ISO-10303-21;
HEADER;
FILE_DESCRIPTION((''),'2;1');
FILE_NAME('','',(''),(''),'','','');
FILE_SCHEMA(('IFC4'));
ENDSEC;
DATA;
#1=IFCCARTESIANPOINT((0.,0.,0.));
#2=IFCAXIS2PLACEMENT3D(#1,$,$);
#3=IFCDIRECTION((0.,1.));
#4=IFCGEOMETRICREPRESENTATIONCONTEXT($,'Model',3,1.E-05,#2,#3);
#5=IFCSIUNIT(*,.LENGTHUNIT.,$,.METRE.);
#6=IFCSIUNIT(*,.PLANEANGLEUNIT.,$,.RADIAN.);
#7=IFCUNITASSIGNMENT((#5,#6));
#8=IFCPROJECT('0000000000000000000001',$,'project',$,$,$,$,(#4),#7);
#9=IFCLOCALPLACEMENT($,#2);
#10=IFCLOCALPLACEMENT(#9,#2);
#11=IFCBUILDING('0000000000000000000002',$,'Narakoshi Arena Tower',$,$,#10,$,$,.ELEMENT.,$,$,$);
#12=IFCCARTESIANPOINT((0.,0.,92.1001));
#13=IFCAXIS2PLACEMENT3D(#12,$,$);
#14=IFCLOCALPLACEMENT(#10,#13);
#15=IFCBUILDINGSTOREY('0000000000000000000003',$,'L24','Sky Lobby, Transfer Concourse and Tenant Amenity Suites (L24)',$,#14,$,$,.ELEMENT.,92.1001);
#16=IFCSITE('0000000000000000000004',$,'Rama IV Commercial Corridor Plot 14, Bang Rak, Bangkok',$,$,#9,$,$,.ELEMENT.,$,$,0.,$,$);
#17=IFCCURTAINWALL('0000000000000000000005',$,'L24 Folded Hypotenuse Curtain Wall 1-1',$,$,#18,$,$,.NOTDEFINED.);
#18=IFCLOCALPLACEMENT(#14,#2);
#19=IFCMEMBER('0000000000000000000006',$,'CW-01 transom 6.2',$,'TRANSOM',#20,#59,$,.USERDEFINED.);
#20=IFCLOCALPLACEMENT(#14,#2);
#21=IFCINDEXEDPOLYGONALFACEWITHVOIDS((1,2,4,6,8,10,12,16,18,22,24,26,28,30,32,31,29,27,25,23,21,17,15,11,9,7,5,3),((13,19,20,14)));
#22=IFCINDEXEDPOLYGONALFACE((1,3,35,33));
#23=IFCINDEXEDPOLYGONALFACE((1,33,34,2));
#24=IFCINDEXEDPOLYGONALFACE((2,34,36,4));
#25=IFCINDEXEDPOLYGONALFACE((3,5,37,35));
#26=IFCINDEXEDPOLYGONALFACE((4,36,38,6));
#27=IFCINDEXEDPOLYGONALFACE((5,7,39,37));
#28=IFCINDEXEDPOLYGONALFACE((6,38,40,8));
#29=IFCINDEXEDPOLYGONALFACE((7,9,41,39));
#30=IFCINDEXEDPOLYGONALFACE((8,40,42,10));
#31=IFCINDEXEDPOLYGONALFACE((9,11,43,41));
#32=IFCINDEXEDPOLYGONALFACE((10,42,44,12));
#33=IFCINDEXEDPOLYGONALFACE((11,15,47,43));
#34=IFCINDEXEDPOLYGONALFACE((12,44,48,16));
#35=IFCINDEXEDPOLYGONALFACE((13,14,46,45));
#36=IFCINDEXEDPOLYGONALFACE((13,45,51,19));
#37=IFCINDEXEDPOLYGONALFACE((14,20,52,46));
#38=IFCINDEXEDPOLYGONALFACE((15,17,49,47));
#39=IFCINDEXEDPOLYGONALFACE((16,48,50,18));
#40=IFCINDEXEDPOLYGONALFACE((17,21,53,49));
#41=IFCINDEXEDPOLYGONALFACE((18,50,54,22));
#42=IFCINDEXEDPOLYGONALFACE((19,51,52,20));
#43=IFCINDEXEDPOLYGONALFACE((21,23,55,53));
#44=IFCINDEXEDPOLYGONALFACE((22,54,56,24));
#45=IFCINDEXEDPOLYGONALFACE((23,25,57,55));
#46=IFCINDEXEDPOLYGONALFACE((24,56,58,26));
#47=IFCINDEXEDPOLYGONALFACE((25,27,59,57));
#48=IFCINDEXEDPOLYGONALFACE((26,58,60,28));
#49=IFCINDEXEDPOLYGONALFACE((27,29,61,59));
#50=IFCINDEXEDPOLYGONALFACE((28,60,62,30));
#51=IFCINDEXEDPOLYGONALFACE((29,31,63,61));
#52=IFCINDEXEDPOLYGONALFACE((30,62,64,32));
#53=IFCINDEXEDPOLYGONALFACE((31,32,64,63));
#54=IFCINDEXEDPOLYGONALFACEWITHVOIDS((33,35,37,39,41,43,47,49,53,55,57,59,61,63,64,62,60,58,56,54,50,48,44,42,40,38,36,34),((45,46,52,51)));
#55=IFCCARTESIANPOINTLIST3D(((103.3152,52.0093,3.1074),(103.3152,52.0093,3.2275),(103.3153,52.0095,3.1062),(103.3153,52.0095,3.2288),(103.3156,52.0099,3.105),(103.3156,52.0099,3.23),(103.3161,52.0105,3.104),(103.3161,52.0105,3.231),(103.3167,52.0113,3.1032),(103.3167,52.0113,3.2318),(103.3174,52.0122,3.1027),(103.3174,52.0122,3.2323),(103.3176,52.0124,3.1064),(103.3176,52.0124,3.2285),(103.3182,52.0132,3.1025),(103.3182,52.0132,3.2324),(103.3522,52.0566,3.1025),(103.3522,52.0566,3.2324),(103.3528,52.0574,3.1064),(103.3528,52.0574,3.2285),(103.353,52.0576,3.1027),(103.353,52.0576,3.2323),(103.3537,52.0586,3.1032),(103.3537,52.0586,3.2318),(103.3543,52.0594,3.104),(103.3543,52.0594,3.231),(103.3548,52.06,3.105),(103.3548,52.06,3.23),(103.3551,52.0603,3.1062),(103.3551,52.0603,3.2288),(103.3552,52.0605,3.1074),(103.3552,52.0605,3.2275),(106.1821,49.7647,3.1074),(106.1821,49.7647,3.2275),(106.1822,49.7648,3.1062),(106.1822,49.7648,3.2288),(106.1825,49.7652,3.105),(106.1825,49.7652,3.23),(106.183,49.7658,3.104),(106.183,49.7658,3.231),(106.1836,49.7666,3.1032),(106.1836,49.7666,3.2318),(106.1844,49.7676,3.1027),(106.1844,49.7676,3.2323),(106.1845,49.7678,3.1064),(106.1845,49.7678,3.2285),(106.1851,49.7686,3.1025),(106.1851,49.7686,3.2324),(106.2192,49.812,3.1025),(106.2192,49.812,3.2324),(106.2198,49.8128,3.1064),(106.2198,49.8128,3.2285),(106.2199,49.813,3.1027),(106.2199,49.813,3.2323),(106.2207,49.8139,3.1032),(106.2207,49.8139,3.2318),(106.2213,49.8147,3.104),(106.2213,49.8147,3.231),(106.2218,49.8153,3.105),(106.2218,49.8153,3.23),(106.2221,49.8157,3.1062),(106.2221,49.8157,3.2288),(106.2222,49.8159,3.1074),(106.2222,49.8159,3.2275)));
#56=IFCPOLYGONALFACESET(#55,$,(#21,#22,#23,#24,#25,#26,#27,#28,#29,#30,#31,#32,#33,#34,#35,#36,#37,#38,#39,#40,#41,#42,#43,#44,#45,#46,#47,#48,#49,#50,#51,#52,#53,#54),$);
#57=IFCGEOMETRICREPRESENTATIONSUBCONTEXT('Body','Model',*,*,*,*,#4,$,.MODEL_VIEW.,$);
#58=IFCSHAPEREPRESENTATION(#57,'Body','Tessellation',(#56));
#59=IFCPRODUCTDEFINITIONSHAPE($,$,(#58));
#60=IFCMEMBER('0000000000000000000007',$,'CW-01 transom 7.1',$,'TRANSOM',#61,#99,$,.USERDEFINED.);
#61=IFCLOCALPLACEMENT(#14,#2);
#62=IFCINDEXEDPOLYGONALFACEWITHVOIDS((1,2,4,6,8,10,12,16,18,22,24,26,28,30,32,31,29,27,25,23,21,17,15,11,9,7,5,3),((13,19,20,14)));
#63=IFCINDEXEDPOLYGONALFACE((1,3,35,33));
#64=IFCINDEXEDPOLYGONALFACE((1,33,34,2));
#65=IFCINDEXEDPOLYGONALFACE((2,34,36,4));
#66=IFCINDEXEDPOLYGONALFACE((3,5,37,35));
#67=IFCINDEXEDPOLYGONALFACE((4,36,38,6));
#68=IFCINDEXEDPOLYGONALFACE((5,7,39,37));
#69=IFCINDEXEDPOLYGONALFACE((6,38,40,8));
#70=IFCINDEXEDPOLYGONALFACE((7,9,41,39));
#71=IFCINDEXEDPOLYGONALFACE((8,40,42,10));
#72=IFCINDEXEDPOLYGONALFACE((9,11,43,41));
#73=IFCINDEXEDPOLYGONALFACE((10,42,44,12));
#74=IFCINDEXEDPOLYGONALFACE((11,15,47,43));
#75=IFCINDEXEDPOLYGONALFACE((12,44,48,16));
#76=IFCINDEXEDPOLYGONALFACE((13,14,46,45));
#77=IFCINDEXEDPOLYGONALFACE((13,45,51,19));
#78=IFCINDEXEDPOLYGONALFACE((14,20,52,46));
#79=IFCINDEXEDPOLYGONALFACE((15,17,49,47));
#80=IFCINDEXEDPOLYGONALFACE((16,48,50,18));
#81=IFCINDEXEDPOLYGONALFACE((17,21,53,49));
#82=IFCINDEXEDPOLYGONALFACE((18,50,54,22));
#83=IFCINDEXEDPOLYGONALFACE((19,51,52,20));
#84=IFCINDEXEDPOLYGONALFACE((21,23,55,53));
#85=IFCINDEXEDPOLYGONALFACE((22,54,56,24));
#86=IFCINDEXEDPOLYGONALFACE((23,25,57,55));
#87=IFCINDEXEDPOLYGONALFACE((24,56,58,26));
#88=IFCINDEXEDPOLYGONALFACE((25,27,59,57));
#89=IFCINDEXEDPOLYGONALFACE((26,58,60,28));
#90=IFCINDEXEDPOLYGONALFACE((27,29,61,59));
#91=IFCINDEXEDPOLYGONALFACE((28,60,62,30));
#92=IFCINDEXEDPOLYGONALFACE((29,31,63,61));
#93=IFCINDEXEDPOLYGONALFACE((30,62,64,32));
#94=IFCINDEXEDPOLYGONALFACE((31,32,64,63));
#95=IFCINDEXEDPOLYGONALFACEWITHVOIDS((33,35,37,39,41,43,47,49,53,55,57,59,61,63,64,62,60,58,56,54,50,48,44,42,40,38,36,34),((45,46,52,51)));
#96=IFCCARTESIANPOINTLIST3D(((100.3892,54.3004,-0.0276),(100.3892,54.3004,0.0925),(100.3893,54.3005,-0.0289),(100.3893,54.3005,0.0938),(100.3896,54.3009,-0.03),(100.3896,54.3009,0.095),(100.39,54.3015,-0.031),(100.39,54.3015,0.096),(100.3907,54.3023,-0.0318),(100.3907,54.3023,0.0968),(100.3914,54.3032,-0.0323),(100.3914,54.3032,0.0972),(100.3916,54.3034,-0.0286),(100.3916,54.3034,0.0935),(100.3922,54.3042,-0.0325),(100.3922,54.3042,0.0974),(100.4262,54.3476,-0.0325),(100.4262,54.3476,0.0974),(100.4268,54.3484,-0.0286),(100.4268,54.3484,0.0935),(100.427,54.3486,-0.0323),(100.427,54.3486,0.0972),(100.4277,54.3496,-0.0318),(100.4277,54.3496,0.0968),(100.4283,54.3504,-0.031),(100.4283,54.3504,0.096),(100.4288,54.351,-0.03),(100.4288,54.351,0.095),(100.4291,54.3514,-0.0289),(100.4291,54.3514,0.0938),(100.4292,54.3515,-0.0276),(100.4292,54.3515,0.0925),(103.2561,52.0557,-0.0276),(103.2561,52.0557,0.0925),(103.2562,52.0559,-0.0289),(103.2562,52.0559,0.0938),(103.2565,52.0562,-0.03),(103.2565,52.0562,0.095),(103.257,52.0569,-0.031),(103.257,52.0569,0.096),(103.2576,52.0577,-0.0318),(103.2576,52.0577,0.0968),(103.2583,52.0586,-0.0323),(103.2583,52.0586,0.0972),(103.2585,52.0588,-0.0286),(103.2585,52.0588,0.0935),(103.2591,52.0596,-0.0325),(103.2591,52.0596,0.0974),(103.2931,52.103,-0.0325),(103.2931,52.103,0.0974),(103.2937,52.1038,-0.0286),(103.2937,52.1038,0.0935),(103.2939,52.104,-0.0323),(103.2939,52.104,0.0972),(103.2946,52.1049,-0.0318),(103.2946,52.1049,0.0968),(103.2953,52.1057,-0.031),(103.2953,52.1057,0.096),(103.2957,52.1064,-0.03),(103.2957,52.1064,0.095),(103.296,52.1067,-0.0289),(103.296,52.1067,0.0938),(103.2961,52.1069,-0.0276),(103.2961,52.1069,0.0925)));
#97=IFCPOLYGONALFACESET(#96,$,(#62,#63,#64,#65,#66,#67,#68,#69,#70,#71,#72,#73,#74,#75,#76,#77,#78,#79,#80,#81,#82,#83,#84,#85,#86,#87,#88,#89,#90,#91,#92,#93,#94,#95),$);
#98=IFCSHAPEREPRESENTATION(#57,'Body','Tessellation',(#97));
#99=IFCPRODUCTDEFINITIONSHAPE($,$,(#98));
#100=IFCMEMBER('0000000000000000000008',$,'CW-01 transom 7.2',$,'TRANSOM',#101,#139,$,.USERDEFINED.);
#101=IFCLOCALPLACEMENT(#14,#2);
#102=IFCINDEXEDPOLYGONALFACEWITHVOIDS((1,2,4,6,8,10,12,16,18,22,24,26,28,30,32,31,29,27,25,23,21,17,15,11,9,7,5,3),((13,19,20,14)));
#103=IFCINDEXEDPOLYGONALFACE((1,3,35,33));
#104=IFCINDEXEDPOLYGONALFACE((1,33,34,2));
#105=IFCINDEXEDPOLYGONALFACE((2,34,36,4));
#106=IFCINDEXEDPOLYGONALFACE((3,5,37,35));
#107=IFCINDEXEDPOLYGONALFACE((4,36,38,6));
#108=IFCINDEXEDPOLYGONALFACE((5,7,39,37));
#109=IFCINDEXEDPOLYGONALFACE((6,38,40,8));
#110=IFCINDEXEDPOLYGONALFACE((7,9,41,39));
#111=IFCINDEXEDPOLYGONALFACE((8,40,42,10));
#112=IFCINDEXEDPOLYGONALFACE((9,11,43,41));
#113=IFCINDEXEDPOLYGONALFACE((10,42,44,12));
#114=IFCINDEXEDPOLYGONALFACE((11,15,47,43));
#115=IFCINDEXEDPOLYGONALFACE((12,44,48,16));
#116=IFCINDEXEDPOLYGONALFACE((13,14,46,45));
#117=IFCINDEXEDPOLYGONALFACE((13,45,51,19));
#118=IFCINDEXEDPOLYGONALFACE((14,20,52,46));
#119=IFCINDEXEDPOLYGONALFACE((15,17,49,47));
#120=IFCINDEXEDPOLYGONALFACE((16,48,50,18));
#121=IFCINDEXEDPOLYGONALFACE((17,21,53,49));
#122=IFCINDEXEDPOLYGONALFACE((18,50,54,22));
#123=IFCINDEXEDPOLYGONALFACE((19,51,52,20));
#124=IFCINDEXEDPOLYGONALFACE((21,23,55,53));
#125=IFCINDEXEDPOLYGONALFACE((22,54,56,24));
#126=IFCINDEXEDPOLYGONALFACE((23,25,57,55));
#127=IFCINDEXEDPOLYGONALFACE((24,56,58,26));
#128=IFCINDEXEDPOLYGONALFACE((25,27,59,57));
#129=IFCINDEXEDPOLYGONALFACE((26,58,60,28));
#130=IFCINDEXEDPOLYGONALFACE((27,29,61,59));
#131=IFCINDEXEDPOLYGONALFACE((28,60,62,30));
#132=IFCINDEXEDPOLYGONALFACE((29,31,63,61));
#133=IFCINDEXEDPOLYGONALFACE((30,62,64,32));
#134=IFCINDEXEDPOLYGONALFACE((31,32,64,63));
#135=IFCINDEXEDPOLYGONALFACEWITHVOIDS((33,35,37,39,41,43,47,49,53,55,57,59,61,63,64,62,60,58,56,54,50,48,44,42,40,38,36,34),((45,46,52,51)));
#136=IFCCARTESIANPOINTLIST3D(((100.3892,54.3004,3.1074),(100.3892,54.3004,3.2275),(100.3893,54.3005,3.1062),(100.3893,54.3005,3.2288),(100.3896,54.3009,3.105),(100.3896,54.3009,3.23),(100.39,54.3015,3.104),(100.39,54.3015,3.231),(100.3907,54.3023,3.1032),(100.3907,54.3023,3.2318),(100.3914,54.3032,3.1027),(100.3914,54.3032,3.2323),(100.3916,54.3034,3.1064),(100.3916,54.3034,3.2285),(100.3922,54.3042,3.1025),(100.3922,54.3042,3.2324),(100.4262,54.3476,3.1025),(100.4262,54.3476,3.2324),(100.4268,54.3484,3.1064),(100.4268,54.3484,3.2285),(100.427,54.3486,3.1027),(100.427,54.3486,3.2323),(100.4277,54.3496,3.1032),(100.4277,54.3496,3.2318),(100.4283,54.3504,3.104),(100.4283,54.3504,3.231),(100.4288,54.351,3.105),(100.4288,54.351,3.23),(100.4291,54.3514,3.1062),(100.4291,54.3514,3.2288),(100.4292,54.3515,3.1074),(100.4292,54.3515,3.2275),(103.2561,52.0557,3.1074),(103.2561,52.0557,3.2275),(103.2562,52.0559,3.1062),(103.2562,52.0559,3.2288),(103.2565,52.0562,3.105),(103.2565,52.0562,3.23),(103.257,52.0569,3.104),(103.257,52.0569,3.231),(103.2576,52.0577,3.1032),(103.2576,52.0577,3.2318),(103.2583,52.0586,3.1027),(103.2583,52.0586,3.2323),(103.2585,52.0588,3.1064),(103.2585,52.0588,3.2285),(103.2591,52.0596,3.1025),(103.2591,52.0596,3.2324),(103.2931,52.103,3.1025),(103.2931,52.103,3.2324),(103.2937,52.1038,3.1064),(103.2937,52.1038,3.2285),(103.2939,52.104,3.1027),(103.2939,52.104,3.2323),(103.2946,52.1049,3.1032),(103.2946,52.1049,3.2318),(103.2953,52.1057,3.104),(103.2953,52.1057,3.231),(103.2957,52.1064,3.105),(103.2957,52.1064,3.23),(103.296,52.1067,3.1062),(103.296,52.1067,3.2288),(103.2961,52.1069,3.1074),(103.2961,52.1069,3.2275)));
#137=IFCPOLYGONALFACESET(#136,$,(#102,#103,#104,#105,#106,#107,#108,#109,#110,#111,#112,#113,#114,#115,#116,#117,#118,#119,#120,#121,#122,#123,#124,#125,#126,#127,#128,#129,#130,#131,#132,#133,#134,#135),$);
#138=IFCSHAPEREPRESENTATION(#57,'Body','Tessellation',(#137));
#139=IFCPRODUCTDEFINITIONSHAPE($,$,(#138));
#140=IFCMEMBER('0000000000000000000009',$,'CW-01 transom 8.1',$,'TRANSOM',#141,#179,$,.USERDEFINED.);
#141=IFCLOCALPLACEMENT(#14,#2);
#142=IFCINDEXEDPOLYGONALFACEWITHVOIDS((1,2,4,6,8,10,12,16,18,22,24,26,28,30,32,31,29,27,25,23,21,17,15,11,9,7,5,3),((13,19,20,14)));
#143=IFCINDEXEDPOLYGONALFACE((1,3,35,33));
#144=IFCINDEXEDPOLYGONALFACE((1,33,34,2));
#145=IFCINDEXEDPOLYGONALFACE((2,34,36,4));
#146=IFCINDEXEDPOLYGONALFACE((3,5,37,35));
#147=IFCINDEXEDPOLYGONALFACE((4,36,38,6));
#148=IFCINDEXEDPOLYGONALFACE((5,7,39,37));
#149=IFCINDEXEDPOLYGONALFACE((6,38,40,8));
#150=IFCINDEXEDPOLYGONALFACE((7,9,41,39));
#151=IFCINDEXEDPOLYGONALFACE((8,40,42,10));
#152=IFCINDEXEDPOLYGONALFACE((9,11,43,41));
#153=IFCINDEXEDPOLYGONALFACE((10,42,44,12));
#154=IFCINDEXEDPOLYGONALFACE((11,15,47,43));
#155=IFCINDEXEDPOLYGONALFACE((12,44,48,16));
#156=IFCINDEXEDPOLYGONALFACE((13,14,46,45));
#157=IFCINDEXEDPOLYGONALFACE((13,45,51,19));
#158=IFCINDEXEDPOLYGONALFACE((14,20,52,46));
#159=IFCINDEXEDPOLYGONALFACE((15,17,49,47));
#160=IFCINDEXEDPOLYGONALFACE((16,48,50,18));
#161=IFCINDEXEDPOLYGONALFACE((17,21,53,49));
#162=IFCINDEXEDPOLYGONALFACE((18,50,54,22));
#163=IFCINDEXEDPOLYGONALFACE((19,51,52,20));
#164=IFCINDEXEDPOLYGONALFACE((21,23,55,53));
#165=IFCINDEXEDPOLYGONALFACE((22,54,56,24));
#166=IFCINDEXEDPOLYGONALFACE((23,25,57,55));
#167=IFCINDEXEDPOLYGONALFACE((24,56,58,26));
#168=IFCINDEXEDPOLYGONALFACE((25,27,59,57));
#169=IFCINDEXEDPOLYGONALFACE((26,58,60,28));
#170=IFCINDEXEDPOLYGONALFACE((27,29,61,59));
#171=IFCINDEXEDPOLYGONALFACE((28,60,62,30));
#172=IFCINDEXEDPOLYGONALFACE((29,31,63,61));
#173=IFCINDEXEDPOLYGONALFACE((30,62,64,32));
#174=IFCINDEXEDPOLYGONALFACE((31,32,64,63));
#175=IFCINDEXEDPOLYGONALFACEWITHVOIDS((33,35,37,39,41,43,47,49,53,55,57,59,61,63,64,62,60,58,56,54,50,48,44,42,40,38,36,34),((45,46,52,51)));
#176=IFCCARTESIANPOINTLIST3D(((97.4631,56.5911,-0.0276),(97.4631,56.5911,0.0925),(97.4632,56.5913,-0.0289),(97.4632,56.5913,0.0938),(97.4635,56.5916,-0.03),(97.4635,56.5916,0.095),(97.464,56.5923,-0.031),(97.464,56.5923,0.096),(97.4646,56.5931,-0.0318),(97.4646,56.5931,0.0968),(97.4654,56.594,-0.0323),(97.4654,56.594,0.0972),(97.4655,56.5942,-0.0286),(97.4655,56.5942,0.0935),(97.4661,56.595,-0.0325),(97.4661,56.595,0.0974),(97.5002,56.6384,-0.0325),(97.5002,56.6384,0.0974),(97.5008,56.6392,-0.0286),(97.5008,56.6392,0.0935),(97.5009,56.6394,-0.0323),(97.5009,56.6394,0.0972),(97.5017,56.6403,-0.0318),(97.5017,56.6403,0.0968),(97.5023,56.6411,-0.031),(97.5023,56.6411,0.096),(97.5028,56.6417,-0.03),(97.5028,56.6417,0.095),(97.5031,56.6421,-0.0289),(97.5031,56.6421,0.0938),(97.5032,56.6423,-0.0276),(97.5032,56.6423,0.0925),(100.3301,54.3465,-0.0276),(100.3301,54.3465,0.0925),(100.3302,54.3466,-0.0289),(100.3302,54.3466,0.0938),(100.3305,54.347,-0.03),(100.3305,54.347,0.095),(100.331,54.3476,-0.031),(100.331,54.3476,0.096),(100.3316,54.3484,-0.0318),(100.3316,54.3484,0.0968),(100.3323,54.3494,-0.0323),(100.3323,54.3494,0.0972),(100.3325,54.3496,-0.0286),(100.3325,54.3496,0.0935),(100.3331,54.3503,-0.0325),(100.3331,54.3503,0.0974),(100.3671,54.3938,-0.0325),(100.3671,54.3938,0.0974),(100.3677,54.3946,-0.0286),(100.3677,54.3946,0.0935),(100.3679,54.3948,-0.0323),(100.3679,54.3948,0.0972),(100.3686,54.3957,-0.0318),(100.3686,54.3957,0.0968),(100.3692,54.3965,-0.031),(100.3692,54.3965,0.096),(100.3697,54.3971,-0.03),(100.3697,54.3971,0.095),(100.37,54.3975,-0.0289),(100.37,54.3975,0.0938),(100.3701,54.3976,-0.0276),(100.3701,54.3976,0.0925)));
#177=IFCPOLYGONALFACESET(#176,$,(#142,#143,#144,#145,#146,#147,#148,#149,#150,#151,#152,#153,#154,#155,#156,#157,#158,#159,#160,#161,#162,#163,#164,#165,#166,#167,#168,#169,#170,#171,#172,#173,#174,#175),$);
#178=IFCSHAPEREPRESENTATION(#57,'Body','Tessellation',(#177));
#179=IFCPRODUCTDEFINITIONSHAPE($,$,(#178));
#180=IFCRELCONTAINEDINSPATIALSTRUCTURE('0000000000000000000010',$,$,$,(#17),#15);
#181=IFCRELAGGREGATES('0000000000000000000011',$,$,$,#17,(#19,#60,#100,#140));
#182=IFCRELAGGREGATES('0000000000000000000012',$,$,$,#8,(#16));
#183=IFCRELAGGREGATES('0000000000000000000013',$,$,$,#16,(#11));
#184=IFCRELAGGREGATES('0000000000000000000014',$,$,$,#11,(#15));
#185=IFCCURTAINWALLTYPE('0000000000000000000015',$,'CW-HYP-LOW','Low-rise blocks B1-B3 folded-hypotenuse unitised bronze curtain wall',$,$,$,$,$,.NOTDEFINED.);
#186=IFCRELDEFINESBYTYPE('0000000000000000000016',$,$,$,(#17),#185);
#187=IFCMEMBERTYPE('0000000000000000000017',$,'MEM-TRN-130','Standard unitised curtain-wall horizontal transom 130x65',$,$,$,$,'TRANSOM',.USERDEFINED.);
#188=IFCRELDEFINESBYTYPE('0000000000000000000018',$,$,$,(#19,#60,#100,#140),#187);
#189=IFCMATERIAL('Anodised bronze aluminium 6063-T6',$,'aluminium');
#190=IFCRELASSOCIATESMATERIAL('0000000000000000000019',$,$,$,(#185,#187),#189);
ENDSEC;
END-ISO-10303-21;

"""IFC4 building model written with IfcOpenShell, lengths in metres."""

from ifc_helpers import new_model, si_unit, direction, frame, origin, origin_2d, place, context, subcontext, project, spatial, hollow_rectangle, extrude, material, material_profile, profile_set, type_object, element, aggregate, save


model = new_model("IFC4")

# Units and contexts
model_context = context("Model", 3, precision=1e-05, world=origin(), true_north=direction((0.0, 1.0)))
body_context = subcontext(model_context, "Body", "Model", "MODEL_VIEW")
ifc_project = project(units=[si_unit("LENGTHUNIT", "METRE"), si_unit("PLANEANGLEUNIT", "RADIAN")], contexts=[model_context])

# Site, building, storey
site_placement = place(None, origin())
site = spatial("IfcSite", under=ifc_project, at=site_placement, Name="Rama IV Commercial Corridor Plot 14, Bang Rak, Bangkok", CompositionType="ELEMENT", RefElevation=0.0)
building_placement = place(site_placement, origin())
building = spatial("IfcBuilding", under=site, at=building_placement, Name="Narakoshi Arena Tower", CompositionType="ELEMENT")
storey_placement = place(building_placement, frame((0.0, 0.0, 92.1001)))
storey = spatial("IfcBuildingStorey", under=building, at=storey_placement, Name="L24", Description="Sky Lobby, Transfer Concourse and Tenant Amenity Suites (L24)", CompositionType="ELEMENT", Elevation=92.1001)

# Curtain wall, members
ifc_material_1 = material(Name="Anodised bronze aluminium 6063-T6", Category="aluminium")
curtain_wall_type = type_object("IfcCurtainWallType", Name="CW-HYP-LOW", Description="Low-rise blocks B1-B3 folded-hypotenuse unitised bronze curtain wall", PredefinedType="NOTDEFINED", material=ifc_material_1)
curtain_wall_placement = place(storey_placement, origin())
curtain_wall = element("IfcCurtainWall", 1, at=curtain_wall_placement, inside=storey, type_object=curtain_wall_type, Name="L24 Folded Hypotenuse Curtain Wall 1-1", PredefinedType="NOTDEFINED")
ifc_material_profile_1 = material_profile(ifc_material_1, hollow_rectangle(XDim=0.0649, YDim=0.1299, WallThickness=0.0039, OuterFilletRadius=0.0049, at=origin_2d()), Name="TRN130x65x4")
ifc_profile_set_1 = profile_set([ifc_material_profile_1], Name="Anodised bronze aluminium 6063-T6")
member_type_1 = type_object("IfcMemberType", Name="MEM-TRN-130", Description="Standard unitised curtain-wall horizontal transom 130x65", ElementType="TRANSOM", PredefinedType="USERDEFINED", material=ifc_profile_set_1)
member_1_placement = place(storey_placement, frame((106.2021, 49.7903, 3.1675), z_axis=(-0.78738, 0.616467, 0.0), x_axis=(-0.616467, -0.78738, 0.0)))
member_1 = element("IfcMember", 2, at=member_1_placement, type_object=member_type_1, Name="CW-01 transom 6.2", ObjectType="TRANSOM", PredefinedType="USERDEFINED", context=body_context, shape_type="SweptSolid", body=[
    extrude(hollow_rectangle(XDim=0.0649, YDim=0.1299, WallThickness=0.0039, OuterFilletRadius=0.0049, at=origin_2d()), origin(), (0.0, 0.0, 1.0), 3.6411),
])
member_2_placement = place(storey_placement, frame((103.2761, 52.0813, 0.0325), z_axis=(-0.78738, 0.616467, 0.0), x_axis=(-0.616467, -0.78738, 0.0)))
member_2 = element("IfcMember", 3, at=member_2_placement, type_object=member_type_1, Name="CW-01 transom 7.1", ObjectType="TRANSOM", PredefinedType="USERDEFINED", context=body_context, shape_type="SweptSolid", body=[
    extrude(hollow_rectangle(XDim=0.0649, YDim=0.1299, WallThickness=0.0039, OuterFilletRadius=0.0049, at=origin_2d()), origin(), (0.0, 0.0, 1.0), 3.6411),
])
member_3_placement = place(storey_placement, frame((103.2761, 52.0813, 3.1675), z_axis=(-0.78738, 0.616467, 0.0), x_axis=(-0.616467, -0.78738, 0.0)))
member_3 = element("IfcMember", 4, at=member_3_placement, type_object=member_type_1, Name="CW-01 transom 7.2", ObjectType="TRANSOM", PredefinedType="USERDEFINED", context=body_context, shape_type="SweptSolid", body=[
    extrude(hollow_rectangle(XDim=0.0649, YDim=0.1299, WallThickness=0.0039, OuterFilletRadius=0.0049, at=origin_2d()), origin(), (0.0, 0.0, 1.0), 3.6411),
])
member_4_placement = place(storey_placement, frame((100.3501, 54.3721, 0.0325), z_axis=(-0.78738, 0.616467, 0.0), x_axis=(-0.616467, -0.78738, 0.0)))
member_4 = element("IfcMember", 5, at=member_4_placement, type_object=member_type_1, Name="CW-01 transom 8.1", ObjectType="TRANSOM", PredefinedType="USERDEFINED", context=body_context, shape_type="SweptSolid", body=[
    extrude(hollow_rectangle(XDim=0.0649, YDim=0.1299, WallThickness=0.0039, OuterFilletRadius=0.0049, at=origin_2d()), origin(), (0.0, 0.0, 1.0), 3.6411),
])
aggregate(curtain_wall, [member_1, member_2, member_3, member_4])

save(model, "model.ifc")
